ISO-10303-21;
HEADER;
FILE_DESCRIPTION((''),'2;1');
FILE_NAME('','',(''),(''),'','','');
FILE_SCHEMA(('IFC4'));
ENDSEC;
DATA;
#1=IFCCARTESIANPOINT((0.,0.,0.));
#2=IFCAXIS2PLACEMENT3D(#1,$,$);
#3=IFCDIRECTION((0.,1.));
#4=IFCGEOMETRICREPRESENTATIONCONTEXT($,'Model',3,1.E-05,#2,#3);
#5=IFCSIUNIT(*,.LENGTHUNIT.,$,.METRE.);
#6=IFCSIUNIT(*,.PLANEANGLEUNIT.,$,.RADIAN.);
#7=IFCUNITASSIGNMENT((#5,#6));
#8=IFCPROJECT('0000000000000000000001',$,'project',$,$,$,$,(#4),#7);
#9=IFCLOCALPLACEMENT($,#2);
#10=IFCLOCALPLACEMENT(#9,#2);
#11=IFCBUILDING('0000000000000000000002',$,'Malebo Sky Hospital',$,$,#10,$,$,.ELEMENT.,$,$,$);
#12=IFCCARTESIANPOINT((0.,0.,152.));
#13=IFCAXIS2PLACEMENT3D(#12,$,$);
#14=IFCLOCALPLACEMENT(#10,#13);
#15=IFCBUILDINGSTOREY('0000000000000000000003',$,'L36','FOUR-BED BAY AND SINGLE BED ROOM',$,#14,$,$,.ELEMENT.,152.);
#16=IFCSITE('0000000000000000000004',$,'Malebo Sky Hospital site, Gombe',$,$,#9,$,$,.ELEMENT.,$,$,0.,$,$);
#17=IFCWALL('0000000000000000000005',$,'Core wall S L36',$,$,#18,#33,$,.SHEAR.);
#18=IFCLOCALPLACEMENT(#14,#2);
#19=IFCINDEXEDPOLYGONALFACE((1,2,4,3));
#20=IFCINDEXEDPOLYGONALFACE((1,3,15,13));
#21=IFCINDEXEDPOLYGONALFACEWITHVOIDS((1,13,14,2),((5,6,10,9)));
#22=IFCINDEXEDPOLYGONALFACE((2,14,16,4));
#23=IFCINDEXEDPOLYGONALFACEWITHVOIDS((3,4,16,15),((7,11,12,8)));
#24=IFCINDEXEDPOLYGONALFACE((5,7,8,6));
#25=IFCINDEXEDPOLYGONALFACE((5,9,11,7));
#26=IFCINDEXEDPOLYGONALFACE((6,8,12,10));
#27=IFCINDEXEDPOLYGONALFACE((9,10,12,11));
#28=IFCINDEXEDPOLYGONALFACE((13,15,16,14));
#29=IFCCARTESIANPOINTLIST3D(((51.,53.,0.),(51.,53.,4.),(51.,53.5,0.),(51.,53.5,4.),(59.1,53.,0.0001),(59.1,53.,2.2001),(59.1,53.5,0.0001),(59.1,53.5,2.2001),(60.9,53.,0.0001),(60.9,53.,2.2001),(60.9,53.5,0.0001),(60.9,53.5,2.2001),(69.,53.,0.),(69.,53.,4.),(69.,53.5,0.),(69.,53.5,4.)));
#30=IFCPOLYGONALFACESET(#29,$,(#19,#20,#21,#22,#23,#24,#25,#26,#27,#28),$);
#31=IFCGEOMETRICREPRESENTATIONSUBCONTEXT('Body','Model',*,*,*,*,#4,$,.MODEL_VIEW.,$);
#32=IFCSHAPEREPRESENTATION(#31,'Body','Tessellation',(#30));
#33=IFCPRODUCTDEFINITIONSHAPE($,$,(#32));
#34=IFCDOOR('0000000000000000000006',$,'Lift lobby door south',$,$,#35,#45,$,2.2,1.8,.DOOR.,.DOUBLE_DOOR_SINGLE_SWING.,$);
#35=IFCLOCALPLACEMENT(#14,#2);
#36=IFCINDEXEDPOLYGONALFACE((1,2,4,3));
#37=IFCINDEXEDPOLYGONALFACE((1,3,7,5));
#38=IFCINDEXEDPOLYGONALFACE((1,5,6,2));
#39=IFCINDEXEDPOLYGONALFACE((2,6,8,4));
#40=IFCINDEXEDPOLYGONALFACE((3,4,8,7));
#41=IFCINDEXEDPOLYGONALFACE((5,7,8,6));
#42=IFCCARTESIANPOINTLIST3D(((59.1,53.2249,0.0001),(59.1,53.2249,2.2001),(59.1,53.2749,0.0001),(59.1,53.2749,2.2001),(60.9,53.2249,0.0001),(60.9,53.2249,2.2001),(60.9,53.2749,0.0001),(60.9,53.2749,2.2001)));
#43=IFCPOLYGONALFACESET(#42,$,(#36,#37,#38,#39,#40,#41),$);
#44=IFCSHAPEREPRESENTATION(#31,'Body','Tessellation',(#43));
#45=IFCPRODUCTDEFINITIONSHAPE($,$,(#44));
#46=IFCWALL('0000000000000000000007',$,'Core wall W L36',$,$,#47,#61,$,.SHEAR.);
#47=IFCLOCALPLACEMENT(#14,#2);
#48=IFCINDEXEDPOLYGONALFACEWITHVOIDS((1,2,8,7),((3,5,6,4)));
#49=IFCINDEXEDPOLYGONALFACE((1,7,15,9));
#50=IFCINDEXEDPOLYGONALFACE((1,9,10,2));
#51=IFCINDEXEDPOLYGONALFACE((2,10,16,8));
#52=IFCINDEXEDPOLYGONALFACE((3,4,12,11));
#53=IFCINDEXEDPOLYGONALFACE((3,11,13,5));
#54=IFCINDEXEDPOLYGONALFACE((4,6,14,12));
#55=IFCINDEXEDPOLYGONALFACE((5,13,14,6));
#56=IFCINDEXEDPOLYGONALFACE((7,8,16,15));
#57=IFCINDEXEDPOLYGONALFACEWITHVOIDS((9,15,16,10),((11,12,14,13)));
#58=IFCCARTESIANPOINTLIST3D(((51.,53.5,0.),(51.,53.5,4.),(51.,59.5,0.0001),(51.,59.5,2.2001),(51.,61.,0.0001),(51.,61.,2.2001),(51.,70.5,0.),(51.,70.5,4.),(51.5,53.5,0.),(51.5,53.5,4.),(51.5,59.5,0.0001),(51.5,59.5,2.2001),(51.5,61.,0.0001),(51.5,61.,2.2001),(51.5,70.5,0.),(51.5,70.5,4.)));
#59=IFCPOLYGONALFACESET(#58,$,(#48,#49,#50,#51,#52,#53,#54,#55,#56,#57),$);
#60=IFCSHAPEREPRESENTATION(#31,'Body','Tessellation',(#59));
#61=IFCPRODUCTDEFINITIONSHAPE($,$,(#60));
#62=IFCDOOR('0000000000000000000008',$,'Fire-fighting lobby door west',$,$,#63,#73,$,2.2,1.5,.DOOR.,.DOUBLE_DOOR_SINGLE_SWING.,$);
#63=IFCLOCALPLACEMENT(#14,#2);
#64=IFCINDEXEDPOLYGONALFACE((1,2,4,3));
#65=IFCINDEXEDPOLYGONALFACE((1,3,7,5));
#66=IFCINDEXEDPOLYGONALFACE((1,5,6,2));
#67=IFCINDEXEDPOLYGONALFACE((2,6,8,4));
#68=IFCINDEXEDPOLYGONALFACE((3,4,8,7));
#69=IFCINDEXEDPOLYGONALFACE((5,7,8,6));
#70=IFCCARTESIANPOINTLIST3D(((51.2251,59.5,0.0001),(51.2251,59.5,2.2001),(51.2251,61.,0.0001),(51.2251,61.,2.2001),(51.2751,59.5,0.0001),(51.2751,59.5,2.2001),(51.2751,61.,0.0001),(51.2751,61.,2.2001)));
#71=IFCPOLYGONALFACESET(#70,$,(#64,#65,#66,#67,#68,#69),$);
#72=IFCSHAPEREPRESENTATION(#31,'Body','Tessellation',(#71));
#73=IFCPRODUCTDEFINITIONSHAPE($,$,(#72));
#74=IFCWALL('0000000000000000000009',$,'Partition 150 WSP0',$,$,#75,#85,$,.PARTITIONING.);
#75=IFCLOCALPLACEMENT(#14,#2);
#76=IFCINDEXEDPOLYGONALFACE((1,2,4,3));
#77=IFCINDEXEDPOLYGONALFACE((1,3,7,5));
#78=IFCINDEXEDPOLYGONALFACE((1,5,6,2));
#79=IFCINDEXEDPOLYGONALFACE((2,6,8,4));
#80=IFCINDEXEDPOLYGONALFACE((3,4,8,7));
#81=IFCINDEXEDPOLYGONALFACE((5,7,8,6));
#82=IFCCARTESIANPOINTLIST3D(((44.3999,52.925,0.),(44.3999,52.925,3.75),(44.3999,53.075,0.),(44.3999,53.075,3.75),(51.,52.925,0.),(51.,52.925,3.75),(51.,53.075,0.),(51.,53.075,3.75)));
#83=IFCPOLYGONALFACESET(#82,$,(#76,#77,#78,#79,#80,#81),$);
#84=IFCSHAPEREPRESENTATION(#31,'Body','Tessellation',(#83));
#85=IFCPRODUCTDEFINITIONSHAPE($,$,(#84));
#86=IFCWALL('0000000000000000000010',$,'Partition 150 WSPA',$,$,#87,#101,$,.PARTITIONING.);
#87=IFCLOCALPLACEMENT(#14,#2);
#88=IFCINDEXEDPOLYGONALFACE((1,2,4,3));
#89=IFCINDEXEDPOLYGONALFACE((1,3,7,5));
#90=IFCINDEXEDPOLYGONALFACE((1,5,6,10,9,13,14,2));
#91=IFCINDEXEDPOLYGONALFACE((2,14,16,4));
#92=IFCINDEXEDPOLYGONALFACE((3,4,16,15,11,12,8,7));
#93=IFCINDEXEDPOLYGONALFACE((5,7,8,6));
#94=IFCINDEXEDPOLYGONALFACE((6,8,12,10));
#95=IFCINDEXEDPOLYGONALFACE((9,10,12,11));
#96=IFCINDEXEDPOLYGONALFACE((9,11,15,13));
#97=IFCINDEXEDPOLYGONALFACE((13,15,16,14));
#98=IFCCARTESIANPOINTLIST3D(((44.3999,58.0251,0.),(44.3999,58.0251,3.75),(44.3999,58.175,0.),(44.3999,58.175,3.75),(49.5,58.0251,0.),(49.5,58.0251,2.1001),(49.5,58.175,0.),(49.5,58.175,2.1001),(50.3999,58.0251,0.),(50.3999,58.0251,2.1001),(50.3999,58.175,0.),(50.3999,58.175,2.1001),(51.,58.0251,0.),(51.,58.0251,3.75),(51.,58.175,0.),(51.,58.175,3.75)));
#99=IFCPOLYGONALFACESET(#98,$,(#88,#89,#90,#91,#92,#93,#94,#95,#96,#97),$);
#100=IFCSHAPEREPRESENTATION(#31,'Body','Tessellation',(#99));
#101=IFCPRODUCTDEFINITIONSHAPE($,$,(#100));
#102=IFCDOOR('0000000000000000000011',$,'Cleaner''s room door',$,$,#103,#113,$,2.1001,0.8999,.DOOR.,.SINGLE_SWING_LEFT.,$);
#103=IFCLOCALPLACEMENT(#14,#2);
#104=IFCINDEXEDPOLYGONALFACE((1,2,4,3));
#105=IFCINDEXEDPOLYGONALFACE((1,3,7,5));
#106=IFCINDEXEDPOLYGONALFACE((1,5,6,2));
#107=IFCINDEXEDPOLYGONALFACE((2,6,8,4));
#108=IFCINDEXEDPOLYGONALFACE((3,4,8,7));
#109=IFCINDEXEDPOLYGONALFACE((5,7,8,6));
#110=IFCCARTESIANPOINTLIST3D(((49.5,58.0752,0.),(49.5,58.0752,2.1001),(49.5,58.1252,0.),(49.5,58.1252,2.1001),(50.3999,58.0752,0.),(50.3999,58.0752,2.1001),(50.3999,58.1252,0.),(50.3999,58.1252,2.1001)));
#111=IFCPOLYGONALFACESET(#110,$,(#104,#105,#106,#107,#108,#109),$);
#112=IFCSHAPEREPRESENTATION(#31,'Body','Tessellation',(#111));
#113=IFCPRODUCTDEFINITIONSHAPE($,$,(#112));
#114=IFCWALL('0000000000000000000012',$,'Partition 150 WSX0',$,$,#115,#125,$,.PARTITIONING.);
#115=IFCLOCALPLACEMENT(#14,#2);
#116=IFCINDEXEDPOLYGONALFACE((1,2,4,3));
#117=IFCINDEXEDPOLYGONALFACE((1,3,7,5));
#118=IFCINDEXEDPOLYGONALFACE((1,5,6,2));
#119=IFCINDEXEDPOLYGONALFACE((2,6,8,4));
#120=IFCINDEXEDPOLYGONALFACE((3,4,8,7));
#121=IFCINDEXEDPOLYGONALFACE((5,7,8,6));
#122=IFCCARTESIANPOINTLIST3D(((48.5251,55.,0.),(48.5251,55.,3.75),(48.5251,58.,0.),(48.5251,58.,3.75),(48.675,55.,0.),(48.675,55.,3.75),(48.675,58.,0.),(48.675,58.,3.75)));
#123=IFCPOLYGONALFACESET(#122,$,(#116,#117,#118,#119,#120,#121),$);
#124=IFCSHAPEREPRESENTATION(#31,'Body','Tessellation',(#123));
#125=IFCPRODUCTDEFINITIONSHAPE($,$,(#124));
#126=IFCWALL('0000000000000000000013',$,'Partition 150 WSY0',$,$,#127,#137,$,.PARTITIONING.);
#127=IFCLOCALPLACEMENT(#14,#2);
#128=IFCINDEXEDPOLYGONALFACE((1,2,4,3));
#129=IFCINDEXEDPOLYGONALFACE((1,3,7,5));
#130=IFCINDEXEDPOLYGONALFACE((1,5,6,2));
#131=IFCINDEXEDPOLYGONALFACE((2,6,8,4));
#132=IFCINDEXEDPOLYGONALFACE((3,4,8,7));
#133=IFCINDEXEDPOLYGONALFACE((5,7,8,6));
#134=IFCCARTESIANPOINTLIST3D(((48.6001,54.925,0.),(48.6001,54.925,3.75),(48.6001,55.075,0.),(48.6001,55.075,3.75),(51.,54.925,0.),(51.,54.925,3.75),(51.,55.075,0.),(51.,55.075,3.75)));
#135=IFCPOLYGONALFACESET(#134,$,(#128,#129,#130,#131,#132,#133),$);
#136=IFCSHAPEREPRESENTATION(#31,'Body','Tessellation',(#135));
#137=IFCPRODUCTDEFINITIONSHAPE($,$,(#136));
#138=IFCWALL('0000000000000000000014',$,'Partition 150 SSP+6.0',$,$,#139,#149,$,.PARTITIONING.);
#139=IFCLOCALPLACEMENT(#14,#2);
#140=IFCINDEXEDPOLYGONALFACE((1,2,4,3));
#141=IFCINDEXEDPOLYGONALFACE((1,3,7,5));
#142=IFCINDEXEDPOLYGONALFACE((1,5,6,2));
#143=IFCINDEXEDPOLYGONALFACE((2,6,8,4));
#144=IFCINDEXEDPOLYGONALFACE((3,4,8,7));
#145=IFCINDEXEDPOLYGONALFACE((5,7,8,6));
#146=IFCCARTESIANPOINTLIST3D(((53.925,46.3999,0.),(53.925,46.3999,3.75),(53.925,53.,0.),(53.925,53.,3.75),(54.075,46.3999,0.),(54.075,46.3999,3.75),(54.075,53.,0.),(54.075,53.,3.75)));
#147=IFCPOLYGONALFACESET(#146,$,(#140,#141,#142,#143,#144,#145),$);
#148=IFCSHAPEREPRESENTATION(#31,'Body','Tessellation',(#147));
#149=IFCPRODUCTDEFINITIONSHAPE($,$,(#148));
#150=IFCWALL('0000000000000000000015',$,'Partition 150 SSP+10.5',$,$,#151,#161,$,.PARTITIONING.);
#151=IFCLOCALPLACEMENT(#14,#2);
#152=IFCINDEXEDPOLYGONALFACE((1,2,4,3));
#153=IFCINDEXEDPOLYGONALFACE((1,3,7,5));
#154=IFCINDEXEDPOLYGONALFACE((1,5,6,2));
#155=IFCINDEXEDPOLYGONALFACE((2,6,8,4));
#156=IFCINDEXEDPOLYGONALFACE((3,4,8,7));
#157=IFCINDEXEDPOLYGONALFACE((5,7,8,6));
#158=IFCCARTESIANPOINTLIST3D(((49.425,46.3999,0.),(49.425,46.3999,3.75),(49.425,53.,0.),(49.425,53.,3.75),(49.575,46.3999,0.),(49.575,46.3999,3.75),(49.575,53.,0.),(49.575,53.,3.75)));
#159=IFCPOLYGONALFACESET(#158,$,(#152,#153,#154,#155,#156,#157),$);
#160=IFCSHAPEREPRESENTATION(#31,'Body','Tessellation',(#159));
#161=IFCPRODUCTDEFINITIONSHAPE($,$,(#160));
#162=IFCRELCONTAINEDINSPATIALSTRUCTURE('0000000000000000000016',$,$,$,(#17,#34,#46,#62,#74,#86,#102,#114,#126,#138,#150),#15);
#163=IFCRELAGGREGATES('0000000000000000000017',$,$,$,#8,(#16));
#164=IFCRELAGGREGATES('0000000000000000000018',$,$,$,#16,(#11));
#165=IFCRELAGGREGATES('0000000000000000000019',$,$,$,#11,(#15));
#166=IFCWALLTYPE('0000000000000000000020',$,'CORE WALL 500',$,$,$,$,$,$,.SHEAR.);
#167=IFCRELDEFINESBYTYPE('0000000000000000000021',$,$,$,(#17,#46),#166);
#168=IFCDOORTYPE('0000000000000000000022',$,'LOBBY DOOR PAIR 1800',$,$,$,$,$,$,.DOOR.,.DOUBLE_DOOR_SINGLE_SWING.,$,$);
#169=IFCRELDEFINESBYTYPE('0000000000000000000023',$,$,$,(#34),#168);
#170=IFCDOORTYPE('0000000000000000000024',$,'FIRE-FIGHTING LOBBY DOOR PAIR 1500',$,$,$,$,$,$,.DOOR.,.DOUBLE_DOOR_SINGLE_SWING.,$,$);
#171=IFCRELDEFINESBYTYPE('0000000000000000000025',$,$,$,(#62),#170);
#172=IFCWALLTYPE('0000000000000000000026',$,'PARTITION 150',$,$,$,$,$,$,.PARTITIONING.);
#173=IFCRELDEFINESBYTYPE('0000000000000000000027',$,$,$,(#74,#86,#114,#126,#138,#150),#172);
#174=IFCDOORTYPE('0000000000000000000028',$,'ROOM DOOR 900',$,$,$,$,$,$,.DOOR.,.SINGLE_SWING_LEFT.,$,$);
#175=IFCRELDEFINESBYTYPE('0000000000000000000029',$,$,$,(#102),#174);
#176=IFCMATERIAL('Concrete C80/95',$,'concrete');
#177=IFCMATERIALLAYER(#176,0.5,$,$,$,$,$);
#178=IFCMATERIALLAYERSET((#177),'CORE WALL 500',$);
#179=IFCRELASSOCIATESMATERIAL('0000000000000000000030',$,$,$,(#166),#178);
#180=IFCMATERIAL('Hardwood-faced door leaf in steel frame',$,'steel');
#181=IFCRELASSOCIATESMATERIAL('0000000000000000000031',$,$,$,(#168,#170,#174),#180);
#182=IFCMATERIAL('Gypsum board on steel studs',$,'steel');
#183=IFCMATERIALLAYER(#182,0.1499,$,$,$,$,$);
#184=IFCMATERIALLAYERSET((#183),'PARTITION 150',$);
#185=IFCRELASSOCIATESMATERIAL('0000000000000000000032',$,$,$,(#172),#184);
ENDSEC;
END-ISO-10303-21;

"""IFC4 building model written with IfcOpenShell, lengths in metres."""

from ifc_helpers import new_model, si_unit, direction, frame, frame_2d, origin, place, context, subcontext, project, spatial, rectangle, extrude, material, layer, layer_set, type_object, element, fill, save


model = new_model("IFC4")

# Units and contexts
model_context = context("Model", 3, precision=1e-05, world=origin(), true_north=direction((0.0, 1.0)))
body_context = subcontext(model_context, "Body", "Model", "MODEL_VIEW")
ifc_project = project(units=[si_unit("LENGTHUNIT", "METRE"), si_unit("PLANEANGLEUNIT", "RADIAN")], contexts=[model_context])

# Site, building, storey
site_placement = place(None, origin())
site = spatial("IfcSite", under=ifc_project, at=site_placement, Name="Malebo Sky Hospital site, Gombe", CompositionType="ELEMENT", RefElevation=0.0)
building_placement = place(site_placement, origin())
building = spatial("IfcBuilding", under=site, at=building_placement, Name="Malebo Sky Hospital", CompositionType="ELEMENT")
storey_placement = place(building_placement, frame((0.0, 0.0, 152.0)))
storey = spatial("IfcBuildingStorey", under=building, at=storey_placement, Name="L36", Description="FOUR-BED BAY AND SINGLE BED ROOM", CompositionType="ELEMENT", Elevation=152.0)

# Shared definitions
ifc_material_1 = material(Name="Concrete C80/95", Category="concrete")

# Walls, openings, doors
ifc_layer_1 = layer(ifc_material_1, 0.5)
ifc_layer_set_1 = layer_set([ifc_layer_1], Name="CORE WALL 500")
wall_type_1 = type_object("IfcWallType", Name="CORE WALL 500", PredefinedType="SHEAR", material=ifc_layer_set_1)
wall_1_placement = place(storey_placement, frame((51.0, 53.25, 0.0), z_axis=(0.0, 0.0, 1.0), x_axis=(1.0, 0.0, 0.0)))
wall_1 = element("IfcWall", 1, at=wall_1_placement, inside=storey, type_object=wall_type_1, Name="Core wall S L36", PredefinedType="SHEAR", context=body_context, shape_type="SweptSolid", body=[
    extrude(rectangle(XDim=18.0, YDim=0.5, at=frame_2d((9.0, 0.0))), origin(), (0.0, 0.0, 1.0), 4.0),
])
opening_1_placement = place(wall_1_placement, frame((8.1001, 0.0, 0.0)))
opening_1 = element("IfcOpeningElement", 2, at=opening_1_placement, cuts=wall_1, PredefinedType="OPENING", context=body_context, shape_type="SweptSolid", body=[
    extrude(rectangle(XDim=1.8, YDim=2.2, at=frame_2d((0.8999, 1.1001))), frame((0.0, 0.26, 0.0), z_axis=(0.0, -1.0, 0.0), x_axis=(1.0, 0.0, 0.0)), (0.0, 0.0, 1.0), 0.52),
])
ifc_material_2 = material(Name="Hardwood-faced door leaf in steel frame", Category="steel")
door_type_1 = type_object("IfcDoorType", Name="LOBBY DOOR PAIR 1800", OperationType="DOUBLE_DOOR_SINGLE_SWING", PredefinedType="DOOR", material=ifc_material_2)
door_1_placement = place(opening_1_placement, origin())
door_1 = element("IfcDoor", 3, at=door_1_placement, inside=storey, type_object=door_type_1, Name="Lift lobby door south", OperationType="DOUBLE_DOOR_SINGLE_SWING", OverallHeight=2.2, OverallWidth=1.8, PredefinedType="DOOR", context=body_context, shape_type="SweptSolid", body=[
    extrude(rectangle(XDim=1.8, YDim=2.2, at=frame_2d((0.8999, 1.1001))), frame((0.0, 0.0249, 0.0), z_axis=(0.0, -1.0, 0.0), x_axis=(1.0, 0.0, 0.0)), (0.0, 0.0, 1.0), 0.05),
])
fill(opening_1, door_1)
wall_2_placement = place(storey_placement, frame((51.25, 53.5, 0.0), z_axis=(0.0, 0.0, 1.0), x_axis=(0.0, 1.0, 0.0)))
wall_2 = element("IfcWall", 4, at=wall_2_placement, inside=storey, type_object=wall_type_1, Name="Core wall W L36", PredefinedType="SHEAR", context=body_context, shape_type="SweptSolid", body=[
    extrude(rectangle(XDim=17.0, YDim=0.5, at=frame_2d((8.5, 0.0))), origin(), (0.0, 0.0, 1.0), 4.0),
])
opening_2_placement = place(wall_2_placement, frame((6.0, 0.0, 0.0)))
opening_2 = element("IfcOpeningElement", 5, at=opening_2_placement, cuts=wall_2, PredefinedType="OPENING", context=body_context, shape_type="SweptSolid", body=[
    extrude(rectangle(XDim=1.5, YDim=2.2, at=frame_2d((0.75, 1.1001))), frame((0.0, 0.26, 0.0), z_axis=(0.0, -1.0, 0.0), x_axis=(1.0, 0.0, 0.0)), (0.0, 0.0, 1.0), 0.52),
])
door_type_2 = type_object("IfcDoorType", Name="FIRE-FIGHTING LOBBY DOOR PAIR 1500", OperationType="DOUBLE_DOOR_SINGLE_SWING", PredefinedType="DOOR", material=ifc_material_2)
door_2_placement = place(opening_2_placement, origin())
door_2 = element("IfcDoor", 6, at=door_2_placement, inside=storey, type_object=door_type_2, Name="Fire-fighting lobby door west", OperationType="DOUBLE_DOOR_SINGLE_SWING", OverallHeight=2.2, OverallWidth=1.5, PredefinedType="DOOR", context=body_context, shape_type="SweptSolid", body=[
    extrude(rectangle(XDim=1.5, YDim=2.2, at=frame_2d((0.75, 1.1001))), frame((0.0, 0.0249, 0.0), z_axis=(0.0, -1.0, 0.0), x_axis=(1.0, 0.0, 0.0)), (0.0, 0.0, 1.0), 0.05),
])
fill(opening_2, door_2)

# Wall
ifc_material_3 = material(Name="Gypsum board on steel studs", Category="steel")
ifc_layer_2 = layer(ifc_material_3, 0.1499)
ifc_layer_set_2 = layer_set([ifc_layer_2], Name="PARTITION 150")
wall_type_2 = type_object("IfcWallType", Name="PARTITION 150", PredefinedType="PARTITIONING", material=ifc_layer_set_2)
wall_3_placement = place(storey_placement, frame((51.0, 53.0, 0.0), z_axis=(0.0, 0.0, 1.0), x_axis=(-1.0, 0.0, 0.0)))
element("IfcWall", 7, at=wall_3_placement, inside=storey, type_object=wall_type_2, Name="Partition 150 WSP0", PredefinedType="PARTITIONING", context=body_context, shape_type="SweptSolid", body=[
    extrude(rectangle(XDim=6.6001, YDim=0.1499, at=frame_2d((3.3, 0.0))), origin(), (0.0, 0.0, 1.0), 3.75),
])

# Wall, opening, door
wall_4_placement = place(storey_placement, frame((51.0, 58.1001, 0.0), z_axis=(0.0, 0.0, 1.0), x_axis=(-1.0, 0.0, 0.0)))
wall_4 = element("IfcWall", 8, at=wall_4_placement, inside=storey, type_object=wall_type_2, Name="Partition 150 WSPA", PredefinedType="PARTITIONING", context=body_context, shape_type="SweptSolid", body=[
    extrude(rectangle(XDim=6.6001, YDim=0.1499, at=frame_2d((3.3, 0.0))), origin(), (0.0, 0.0, 1.0), 3.75),
])
opening_3_placement = place(wall_4_placement, frame((0.6001, 0.0, 0.0)))
opening_3 = element("IfcOpeningElement", 9, at=opening_3_placement, cuts=wall_4, PredefinedType="OPENING", context=body_context, shape_type="SweptSolid", body=[
    extrude(rectangle(XDim=0.8999, YDim=2.1001, at=frame_2d((0.45, 1.05))), frame((0.0, 0.085, 0.0), z_axis=(0.0, -1.0, 0.0), x_axis=(1.0, 0.0, 0.0)), (0.0, 0.0, 1.0), 0.1699),
])
door_type_3 = type_object("IfcDoorType", Name="ROOM DOOR 900", OperationType="SINGLE_SWING_LEFT", PredefinedType="DOOR", material=ifc_material_2)
door_3_placement = place(opening_3_placement, origin())
door_3 = element("IfcDoor", 10, at=door_3_placement, inside=storey, type_object=door_type_3, Name="Cleaner's room door", OperationType="SINGLE_SWING_LEFT", OverallHeight=2.1001, OverallWidth=0.8999, PredefinedType="DOOR", context=body_context, shape_type="SweptSolid", body=[
    extrude(rectangle(XDim=0.8999, YDim=2.1001, at=frame_2d((0.45, 1.05))), frame((0.0, 0.0249, 0.0), z_axis=(0.0, -1.0, 0.0), x_axis=(1.0, 0.0, 0.0)), (0.0, 0.0, 1.0), 0.05),
])
fill(opening_3, door_3)

# Walls
wall_5_placement = place(storey_placement, frame((48.6001, 55.0, 0.0), z_axis=(0.0, 0.0, 1.0), x_axis=(0.0, 1.0, 0.0)))
element("IfcWall", 11, at=wall_5_placement, inside=storey, type_object=wall_type_2, Name="Partition 150 WSX0", PredefinedType="PARTITIONING", context=body_context, shape_type="SweptSolid", body=[
    extrude(rectangle(XDim=3.0, YDim=0.1499, at=frame_2d((1.5, 0.0))), origin(), (0.0, 0.0, 1.0), 3.75),
])
wall_6_placement = place(storey_placement, frame((51.0, 55.0, 0.0), z_axis=(0.0, 0.0, 1.0), x_axis=(-1.0, 0.0, 0.0)))
element("IfcWall", 12, at=wall_6_placement, inside=storey, type_object=wall_type_2, Name="Partition 150 WSY0", PredefinedType="PARTITIONING", context=body_context, shape_type="SweptSolid", body=[
    extrude(rectangle(XDim=2.3999, YDim=0.1499, at=frame_2d((1.2, 0.0))), origin(), (0.0, 0.0, 1.0), 3.75),
])
for number, where, z_axis, x_axis, name in (
    (13, (54.0, 53.0, 0.0), (0.0, 0.0, 1.0), (0.0, -1.0, 0.0), "Partition 150 SSP+6.0"),
    (14, (49.5, 53.0, 0.0), (0.0, 0.0, 1.0), (0.0, -1.0, 0.0), "Partition 150 SSP+10.5"),
):
    element("IfcWall", number, at=place(storey_placement, frame(where, z_axis=z_axis, x_axis=x_axis)), inside=storey, type_object=wall_type_2, Name=name, PredefinedType="PARTITIONING", context=body_context, shape_type="SweptSolid", body=[
        extrude(rectangle(XDim=6.6001, YDim=0.1499, at=frame_2d((3.3, 0.0))), origin(), (0.0, 0.0, 1.0), 3.75),
    ])

save(model, "model.ifc")
